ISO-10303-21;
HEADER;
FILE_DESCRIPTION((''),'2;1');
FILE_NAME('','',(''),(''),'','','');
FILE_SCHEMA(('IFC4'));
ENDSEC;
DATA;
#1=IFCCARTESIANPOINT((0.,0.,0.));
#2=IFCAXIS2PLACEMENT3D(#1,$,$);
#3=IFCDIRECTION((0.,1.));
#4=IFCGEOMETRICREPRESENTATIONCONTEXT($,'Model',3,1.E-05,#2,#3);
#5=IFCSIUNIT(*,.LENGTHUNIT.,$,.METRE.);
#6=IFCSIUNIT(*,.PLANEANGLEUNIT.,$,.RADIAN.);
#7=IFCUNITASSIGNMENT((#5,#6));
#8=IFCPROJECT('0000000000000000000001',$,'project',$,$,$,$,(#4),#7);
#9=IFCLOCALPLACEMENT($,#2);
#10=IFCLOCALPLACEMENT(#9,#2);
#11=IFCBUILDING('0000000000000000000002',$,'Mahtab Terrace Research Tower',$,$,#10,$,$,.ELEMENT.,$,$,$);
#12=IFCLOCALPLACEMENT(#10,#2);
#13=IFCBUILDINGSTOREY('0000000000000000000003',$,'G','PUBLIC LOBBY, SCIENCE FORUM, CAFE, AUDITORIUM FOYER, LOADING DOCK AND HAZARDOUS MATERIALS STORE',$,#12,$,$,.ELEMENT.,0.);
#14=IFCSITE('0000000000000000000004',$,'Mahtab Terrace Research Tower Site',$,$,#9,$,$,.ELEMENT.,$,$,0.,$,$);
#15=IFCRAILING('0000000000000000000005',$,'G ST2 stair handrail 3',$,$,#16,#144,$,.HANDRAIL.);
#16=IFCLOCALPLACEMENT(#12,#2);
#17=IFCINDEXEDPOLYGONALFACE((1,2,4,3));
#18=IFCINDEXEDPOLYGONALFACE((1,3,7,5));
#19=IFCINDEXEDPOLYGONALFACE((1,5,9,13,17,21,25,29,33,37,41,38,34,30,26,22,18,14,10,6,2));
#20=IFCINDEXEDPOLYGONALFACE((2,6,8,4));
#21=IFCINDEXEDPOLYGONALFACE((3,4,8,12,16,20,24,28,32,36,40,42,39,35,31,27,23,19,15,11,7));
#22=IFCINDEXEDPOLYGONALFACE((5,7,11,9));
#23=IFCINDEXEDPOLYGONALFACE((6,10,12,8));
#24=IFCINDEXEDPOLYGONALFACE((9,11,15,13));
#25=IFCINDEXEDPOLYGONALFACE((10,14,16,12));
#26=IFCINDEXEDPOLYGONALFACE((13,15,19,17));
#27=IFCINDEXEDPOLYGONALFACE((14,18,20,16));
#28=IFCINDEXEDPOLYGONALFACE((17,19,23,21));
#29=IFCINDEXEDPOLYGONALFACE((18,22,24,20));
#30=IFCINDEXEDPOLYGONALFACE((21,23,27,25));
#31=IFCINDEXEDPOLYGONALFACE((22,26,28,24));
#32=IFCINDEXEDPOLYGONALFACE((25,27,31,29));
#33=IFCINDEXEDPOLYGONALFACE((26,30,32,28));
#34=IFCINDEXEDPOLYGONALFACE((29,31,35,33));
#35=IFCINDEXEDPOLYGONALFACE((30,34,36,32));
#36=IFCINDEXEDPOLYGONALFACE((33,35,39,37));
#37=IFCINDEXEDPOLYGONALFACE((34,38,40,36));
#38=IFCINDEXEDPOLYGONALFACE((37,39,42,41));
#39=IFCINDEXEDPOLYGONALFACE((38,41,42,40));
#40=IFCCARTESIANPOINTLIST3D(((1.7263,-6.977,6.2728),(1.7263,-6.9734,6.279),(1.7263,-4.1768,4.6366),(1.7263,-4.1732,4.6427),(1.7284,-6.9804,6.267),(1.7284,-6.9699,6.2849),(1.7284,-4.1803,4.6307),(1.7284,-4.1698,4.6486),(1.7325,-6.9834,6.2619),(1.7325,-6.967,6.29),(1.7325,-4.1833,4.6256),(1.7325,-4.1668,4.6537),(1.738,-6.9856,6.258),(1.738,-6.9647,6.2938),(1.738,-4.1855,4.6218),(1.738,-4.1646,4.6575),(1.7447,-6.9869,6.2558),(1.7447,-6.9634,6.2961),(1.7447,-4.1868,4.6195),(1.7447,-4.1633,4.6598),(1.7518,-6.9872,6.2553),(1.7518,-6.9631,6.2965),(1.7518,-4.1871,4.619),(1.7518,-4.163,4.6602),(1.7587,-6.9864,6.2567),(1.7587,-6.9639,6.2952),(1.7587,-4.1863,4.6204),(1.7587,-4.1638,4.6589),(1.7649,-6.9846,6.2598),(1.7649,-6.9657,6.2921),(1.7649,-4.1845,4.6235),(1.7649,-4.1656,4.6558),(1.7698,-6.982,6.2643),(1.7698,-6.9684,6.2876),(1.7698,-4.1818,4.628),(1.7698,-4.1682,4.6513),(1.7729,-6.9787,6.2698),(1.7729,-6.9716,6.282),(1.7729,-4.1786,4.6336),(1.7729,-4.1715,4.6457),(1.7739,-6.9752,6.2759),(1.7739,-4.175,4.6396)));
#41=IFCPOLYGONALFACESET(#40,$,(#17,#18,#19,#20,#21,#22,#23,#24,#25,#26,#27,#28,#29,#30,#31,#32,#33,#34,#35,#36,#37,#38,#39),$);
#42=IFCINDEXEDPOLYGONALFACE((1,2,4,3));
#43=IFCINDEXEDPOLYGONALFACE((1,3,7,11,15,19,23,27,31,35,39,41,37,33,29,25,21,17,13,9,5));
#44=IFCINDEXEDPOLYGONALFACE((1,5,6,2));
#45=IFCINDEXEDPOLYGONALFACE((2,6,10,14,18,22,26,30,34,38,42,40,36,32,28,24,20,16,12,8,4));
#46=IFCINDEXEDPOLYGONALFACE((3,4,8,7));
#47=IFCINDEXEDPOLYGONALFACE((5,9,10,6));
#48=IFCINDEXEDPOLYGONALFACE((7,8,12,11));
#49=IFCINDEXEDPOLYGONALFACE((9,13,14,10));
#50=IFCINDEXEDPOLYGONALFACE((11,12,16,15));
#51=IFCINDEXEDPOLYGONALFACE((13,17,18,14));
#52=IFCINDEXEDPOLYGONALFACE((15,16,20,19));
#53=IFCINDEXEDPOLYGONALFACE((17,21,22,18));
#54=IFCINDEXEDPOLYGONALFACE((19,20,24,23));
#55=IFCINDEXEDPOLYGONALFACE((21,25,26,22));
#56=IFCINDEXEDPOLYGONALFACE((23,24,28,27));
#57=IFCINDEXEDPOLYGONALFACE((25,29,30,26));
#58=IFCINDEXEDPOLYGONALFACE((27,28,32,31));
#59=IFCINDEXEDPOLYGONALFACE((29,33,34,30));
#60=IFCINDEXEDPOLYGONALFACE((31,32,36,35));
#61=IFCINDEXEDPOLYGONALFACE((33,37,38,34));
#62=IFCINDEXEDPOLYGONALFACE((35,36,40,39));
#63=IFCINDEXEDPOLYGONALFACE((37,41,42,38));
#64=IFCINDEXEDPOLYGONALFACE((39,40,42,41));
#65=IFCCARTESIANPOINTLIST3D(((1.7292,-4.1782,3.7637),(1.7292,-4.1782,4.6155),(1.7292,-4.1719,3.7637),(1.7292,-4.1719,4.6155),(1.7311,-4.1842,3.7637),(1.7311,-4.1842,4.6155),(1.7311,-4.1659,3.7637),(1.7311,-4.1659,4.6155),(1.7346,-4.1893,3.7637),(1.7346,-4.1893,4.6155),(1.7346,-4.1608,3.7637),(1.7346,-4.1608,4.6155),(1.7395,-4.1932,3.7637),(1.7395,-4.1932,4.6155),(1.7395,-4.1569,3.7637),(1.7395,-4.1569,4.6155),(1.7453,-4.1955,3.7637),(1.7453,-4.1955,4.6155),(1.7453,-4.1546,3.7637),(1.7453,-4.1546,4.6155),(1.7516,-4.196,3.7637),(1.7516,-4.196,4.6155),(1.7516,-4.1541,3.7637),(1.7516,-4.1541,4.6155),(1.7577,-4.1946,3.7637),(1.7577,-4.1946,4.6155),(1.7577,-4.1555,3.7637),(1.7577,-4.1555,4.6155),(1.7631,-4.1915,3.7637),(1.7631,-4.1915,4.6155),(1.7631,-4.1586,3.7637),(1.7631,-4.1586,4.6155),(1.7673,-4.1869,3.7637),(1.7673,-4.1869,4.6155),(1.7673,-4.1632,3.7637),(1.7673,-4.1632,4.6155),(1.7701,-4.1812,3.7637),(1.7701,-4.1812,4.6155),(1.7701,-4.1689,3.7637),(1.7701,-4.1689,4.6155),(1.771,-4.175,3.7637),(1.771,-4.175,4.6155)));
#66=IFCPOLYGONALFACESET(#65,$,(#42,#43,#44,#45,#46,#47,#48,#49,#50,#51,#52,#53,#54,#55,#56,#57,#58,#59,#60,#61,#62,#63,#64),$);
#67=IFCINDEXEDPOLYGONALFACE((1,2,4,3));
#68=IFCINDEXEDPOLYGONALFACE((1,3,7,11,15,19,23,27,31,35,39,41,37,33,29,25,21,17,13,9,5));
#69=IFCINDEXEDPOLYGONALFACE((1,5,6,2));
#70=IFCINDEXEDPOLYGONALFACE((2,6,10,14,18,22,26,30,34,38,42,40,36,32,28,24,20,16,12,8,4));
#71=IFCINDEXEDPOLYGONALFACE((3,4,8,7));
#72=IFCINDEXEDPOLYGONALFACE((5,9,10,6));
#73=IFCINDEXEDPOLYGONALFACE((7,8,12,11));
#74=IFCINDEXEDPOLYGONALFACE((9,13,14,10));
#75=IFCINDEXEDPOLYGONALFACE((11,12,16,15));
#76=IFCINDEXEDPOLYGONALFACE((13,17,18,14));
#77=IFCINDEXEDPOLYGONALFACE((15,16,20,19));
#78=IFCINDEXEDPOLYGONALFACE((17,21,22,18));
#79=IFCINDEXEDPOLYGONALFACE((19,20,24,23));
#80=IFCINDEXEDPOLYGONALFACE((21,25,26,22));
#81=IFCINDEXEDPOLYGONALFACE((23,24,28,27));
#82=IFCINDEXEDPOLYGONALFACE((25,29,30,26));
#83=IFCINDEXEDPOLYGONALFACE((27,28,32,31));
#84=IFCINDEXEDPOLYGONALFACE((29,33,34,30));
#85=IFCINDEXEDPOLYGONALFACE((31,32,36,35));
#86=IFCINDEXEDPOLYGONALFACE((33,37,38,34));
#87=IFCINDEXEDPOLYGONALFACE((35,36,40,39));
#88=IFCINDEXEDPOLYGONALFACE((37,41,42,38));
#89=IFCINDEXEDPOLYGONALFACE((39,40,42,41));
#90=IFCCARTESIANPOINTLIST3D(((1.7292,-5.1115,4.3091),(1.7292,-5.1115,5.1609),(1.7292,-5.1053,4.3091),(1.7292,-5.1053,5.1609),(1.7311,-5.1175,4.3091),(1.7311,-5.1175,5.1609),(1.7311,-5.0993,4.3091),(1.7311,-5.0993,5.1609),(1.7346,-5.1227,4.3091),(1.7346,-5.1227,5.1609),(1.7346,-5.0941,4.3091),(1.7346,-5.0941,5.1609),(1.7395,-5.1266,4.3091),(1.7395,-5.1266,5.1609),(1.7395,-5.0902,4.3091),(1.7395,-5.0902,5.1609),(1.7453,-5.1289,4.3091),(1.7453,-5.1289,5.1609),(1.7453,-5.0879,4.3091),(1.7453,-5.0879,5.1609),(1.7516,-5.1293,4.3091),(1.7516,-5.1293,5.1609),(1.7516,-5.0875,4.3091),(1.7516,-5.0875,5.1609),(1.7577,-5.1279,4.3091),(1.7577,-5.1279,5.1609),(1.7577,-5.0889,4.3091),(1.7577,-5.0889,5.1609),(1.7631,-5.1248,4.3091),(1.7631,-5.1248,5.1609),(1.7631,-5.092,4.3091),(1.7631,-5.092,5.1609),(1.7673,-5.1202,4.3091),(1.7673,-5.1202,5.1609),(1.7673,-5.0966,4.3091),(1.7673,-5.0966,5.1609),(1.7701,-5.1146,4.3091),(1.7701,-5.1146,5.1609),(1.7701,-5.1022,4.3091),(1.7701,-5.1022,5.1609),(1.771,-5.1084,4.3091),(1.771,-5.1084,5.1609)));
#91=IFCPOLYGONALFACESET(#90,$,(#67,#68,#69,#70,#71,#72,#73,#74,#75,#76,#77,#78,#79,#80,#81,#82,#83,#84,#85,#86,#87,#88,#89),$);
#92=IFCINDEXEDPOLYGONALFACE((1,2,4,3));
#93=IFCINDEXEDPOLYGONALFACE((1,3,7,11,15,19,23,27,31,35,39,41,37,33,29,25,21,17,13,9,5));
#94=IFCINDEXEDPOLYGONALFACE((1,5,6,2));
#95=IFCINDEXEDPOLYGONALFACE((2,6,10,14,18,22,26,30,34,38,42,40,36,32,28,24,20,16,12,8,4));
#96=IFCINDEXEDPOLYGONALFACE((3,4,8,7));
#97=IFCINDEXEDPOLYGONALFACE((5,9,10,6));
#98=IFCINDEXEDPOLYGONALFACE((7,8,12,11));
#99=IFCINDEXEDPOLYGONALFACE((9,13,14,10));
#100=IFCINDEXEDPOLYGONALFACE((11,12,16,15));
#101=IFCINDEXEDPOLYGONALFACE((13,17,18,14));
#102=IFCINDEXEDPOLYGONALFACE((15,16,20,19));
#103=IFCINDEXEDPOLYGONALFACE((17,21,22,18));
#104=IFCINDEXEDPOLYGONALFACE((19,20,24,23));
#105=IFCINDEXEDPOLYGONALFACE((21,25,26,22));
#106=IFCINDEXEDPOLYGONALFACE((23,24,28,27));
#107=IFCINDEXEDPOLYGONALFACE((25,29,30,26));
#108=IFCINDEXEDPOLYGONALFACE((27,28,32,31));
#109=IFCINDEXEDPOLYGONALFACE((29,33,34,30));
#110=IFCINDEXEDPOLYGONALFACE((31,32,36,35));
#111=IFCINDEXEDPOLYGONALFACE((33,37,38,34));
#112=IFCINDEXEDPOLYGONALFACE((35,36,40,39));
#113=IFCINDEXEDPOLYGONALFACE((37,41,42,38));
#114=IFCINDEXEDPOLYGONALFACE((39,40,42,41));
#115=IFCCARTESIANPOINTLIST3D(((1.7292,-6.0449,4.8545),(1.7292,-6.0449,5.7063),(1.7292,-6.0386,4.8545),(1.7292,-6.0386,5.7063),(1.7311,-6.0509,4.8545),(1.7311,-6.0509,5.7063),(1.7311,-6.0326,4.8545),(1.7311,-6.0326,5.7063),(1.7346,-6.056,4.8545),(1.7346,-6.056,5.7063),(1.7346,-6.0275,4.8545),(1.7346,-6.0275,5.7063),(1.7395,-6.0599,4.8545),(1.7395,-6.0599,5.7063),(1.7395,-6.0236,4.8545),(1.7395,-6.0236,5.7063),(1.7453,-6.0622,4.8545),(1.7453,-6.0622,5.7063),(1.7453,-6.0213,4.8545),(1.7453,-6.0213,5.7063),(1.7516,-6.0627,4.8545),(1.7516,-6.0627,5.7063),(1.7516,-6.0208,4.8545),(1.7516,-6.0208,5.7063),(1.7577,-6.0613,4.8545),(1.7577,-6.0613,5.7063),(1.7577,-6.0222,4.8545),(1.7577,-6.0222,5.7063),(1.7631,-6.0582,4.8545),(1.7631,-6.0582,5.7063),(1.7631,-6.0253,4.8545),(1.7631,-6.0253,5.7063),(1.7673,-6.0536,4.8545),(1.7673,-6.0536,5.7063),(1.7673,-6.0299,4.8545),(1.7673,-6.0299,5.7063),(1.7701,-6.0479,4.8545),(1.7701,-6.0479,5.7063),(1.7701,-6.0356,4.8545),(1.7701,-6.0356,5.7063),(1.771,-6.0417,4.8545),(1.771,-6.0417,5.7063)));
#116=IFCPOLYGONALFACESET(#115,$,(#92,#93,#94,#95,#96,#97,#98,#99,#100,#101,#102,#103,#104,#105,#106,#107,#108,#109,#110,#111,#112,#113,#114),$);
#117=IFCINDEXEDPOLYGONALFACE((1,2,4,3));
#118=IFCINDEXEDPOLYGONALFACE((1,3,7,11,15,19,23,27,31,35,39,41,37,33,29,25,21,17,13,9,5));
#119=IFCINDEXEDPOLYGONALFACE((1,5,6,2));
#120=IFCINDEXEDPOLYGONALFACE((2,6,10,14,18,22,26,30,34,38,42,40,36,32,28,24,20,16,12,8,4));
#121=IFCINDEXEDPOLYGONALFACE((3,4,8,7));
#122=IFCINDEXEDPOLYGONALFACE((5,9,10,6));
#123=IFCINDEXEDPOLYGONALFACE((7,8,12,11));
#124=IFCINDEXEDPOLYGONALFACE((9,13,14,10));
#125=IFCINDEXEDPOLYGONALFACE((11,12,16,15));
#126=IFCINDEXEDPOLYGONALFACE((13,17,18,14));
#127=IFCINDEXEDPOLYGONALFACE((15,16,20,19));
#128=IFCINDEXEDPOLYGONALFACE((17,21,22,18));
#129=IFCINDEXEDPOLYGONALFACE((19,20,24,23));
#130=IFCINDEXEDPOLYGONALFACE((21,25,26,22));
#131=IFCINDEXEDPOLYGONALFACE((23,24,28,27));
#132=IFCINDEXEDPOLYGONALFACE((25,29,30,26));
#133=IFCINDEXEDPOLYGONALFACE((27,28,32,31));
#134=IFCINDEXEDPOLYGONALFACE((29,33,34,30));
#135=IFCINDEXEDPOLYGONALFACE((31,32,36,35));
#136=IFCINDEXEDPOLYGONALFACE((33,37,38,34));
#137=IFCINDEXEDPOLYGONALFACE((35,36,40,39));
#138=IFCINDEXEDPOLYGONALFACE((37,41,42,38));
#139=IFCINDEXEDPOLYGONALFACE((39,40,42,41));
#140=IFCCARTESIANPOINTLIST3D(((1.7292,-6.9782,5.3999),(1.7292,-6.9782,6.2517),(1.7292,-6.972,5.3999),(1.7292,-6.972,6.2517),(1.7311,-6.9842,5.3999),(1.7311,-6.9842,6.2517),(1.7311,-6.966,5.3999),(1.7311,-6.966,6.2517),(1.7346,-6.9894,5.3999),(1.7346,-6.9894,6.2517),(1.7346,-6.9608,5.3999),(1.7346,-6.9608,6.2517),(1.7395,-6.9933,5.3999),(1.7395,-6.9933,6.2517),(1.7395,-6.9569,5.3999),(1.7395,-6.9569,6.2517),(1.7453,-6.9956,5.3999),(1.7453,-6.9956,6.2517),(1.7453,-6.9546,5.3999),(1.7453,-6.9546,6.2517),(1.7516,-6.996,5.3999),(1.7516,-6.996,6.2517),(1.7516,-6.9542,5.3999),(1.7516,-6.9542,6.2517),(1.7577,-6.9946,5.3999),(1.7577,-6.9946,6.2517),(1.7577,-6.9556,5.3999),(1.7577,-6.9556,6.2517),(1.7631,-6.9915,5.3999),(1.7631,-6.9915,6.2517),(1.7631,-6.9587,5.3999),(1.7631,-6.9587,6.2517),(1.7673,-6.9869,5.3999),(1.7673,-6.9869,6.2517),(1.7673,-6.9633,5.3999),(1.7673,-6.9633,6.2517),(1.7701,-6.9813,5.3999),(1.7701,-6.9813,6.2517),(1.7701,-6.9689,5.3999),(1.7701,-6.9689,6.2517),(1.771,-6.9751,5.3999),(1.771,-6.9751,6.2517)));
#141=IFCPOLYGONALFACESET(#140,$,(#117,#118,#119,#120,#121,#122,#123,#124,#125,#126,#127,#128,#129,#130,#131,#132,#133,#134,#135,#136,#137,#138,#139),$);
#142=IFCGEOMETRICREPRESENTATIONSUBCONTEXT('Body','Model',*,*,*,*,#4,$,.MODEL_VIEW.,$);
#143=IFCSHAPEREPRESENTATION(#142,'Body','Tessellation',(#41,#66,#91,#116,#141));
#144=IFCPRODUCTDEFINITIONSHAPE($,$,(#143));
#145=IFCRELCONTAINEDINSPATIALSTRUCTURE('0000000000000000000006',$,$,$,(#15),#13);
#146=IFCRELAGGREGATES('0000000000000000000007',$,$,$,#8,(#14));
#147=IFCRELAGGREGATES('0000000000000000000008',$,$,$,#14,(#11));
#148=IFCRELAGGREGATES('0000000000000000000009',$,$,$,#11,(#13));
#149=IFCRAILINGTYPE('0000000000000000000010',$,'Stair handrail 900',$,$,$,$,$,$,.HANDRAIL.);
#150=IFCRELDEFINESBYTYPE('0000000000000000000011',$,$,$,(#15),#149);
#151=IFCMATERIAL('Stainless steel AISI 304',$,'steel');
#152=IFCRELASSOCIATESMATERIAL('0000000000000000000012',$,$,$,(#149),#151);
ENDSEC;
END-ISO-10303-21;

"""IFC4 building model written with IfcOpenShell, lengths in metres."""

from ifc_helpers import new_model, si_unit, direction, frame, origin, origin_2d, place, context, subcontext, project, spatial, circle, extrude, material, type_object, element, save


model = new_model("IFC4")

# Units and contexts
model_context = context("Model", 3, precision=1e-05, world=origin(), true_north=direction((0.0, 1.0)))
body_context = subcontext(model_context, "Body", "Model", "MODEL_VIEW")
ifc_project = project(units=[si_unit("LENGTHUNIT", "METRE"), si_unit("PLANEANGLEUNIT", "RADIAN")], contexts=[model_context])

# Site, building, storey
site_placement = place(None, origin())
site = spatial("IfcSite", under=ifc_project, at=site_placement, Name="Mahtab Terrace Research Tower Site", CompositionType="ELEMENT", RefElevation=0.0)
building_placement = place(site_placement, origin())
building = spatial("IfcBuilding", under=site, at=building_placement, Name="Mahtab Terrace Research Tower", CompositionType="ELEMENT")
storey_placement = place(building_placement, origin())
storey = spatial("IfcBuildingStorey", under=building, at=storey_placement, Name="G", Description="PUBLIC LOBBY, SCIENCE FORUM, CAFE, AUDITORIUM FOYER, LOADING DOCK AND HAZARDOUS MATERIALS STORE", CompositionType="ELEMENT", Elevation=0.0)

# Railing
ifc_material_1 = material(Name="Stainless steel AISI 304", Category="steel")
railing_type_1 = type_object("IfcRailingType", Name="Stair handrail 900", PredefinedType="HANDRAIL", material=ifc_material_1)
railing_1_placement = place(storey_placement, frame((1.75, -4.175, 3.7637)))
element("IfcRailing", 1, at=railing_1_placement, inside=storey, type_object=railing_type_1, Name="G ST2 stair handrail 3", PredefinedType="HANDRAIL", context=body_context, shape_type="SweptSolid", body=[
    extrude(circle(Radius=0.0239, at=origin_2d()), frame((0.0, 0.0, 0.876), z_axis=(0.0, -0.863394, 0.504531), x_axis=(1.0, 0.0, 0.0)), (0.0, 0.0, 1.0), 3.2432),
    extrude(circle(Radius=0.021, at=origin_2d()), origin(), (0.0, 0.0, 1.0), 0.8518),
    extrude(circle(Radius=0.021, at=origin_2d()), frame((0.0, -0.9333, 0.5454)), (0.0, 0.0, 1.0), 0.8518),
    extrude(circle(Radius=0.021, at=origin_2d()), frame((0.0, -1.8667, 1.0908)), (0.0, 0.0, 1.0), 0.8518),
    extrude(circle(Radius=0.021, at=origin_2d()), frame((0.0, -2.8, 1.6362)), (0.0, 0.0, 1.0), 0.8518),
])

save(model, "model.ifc")
